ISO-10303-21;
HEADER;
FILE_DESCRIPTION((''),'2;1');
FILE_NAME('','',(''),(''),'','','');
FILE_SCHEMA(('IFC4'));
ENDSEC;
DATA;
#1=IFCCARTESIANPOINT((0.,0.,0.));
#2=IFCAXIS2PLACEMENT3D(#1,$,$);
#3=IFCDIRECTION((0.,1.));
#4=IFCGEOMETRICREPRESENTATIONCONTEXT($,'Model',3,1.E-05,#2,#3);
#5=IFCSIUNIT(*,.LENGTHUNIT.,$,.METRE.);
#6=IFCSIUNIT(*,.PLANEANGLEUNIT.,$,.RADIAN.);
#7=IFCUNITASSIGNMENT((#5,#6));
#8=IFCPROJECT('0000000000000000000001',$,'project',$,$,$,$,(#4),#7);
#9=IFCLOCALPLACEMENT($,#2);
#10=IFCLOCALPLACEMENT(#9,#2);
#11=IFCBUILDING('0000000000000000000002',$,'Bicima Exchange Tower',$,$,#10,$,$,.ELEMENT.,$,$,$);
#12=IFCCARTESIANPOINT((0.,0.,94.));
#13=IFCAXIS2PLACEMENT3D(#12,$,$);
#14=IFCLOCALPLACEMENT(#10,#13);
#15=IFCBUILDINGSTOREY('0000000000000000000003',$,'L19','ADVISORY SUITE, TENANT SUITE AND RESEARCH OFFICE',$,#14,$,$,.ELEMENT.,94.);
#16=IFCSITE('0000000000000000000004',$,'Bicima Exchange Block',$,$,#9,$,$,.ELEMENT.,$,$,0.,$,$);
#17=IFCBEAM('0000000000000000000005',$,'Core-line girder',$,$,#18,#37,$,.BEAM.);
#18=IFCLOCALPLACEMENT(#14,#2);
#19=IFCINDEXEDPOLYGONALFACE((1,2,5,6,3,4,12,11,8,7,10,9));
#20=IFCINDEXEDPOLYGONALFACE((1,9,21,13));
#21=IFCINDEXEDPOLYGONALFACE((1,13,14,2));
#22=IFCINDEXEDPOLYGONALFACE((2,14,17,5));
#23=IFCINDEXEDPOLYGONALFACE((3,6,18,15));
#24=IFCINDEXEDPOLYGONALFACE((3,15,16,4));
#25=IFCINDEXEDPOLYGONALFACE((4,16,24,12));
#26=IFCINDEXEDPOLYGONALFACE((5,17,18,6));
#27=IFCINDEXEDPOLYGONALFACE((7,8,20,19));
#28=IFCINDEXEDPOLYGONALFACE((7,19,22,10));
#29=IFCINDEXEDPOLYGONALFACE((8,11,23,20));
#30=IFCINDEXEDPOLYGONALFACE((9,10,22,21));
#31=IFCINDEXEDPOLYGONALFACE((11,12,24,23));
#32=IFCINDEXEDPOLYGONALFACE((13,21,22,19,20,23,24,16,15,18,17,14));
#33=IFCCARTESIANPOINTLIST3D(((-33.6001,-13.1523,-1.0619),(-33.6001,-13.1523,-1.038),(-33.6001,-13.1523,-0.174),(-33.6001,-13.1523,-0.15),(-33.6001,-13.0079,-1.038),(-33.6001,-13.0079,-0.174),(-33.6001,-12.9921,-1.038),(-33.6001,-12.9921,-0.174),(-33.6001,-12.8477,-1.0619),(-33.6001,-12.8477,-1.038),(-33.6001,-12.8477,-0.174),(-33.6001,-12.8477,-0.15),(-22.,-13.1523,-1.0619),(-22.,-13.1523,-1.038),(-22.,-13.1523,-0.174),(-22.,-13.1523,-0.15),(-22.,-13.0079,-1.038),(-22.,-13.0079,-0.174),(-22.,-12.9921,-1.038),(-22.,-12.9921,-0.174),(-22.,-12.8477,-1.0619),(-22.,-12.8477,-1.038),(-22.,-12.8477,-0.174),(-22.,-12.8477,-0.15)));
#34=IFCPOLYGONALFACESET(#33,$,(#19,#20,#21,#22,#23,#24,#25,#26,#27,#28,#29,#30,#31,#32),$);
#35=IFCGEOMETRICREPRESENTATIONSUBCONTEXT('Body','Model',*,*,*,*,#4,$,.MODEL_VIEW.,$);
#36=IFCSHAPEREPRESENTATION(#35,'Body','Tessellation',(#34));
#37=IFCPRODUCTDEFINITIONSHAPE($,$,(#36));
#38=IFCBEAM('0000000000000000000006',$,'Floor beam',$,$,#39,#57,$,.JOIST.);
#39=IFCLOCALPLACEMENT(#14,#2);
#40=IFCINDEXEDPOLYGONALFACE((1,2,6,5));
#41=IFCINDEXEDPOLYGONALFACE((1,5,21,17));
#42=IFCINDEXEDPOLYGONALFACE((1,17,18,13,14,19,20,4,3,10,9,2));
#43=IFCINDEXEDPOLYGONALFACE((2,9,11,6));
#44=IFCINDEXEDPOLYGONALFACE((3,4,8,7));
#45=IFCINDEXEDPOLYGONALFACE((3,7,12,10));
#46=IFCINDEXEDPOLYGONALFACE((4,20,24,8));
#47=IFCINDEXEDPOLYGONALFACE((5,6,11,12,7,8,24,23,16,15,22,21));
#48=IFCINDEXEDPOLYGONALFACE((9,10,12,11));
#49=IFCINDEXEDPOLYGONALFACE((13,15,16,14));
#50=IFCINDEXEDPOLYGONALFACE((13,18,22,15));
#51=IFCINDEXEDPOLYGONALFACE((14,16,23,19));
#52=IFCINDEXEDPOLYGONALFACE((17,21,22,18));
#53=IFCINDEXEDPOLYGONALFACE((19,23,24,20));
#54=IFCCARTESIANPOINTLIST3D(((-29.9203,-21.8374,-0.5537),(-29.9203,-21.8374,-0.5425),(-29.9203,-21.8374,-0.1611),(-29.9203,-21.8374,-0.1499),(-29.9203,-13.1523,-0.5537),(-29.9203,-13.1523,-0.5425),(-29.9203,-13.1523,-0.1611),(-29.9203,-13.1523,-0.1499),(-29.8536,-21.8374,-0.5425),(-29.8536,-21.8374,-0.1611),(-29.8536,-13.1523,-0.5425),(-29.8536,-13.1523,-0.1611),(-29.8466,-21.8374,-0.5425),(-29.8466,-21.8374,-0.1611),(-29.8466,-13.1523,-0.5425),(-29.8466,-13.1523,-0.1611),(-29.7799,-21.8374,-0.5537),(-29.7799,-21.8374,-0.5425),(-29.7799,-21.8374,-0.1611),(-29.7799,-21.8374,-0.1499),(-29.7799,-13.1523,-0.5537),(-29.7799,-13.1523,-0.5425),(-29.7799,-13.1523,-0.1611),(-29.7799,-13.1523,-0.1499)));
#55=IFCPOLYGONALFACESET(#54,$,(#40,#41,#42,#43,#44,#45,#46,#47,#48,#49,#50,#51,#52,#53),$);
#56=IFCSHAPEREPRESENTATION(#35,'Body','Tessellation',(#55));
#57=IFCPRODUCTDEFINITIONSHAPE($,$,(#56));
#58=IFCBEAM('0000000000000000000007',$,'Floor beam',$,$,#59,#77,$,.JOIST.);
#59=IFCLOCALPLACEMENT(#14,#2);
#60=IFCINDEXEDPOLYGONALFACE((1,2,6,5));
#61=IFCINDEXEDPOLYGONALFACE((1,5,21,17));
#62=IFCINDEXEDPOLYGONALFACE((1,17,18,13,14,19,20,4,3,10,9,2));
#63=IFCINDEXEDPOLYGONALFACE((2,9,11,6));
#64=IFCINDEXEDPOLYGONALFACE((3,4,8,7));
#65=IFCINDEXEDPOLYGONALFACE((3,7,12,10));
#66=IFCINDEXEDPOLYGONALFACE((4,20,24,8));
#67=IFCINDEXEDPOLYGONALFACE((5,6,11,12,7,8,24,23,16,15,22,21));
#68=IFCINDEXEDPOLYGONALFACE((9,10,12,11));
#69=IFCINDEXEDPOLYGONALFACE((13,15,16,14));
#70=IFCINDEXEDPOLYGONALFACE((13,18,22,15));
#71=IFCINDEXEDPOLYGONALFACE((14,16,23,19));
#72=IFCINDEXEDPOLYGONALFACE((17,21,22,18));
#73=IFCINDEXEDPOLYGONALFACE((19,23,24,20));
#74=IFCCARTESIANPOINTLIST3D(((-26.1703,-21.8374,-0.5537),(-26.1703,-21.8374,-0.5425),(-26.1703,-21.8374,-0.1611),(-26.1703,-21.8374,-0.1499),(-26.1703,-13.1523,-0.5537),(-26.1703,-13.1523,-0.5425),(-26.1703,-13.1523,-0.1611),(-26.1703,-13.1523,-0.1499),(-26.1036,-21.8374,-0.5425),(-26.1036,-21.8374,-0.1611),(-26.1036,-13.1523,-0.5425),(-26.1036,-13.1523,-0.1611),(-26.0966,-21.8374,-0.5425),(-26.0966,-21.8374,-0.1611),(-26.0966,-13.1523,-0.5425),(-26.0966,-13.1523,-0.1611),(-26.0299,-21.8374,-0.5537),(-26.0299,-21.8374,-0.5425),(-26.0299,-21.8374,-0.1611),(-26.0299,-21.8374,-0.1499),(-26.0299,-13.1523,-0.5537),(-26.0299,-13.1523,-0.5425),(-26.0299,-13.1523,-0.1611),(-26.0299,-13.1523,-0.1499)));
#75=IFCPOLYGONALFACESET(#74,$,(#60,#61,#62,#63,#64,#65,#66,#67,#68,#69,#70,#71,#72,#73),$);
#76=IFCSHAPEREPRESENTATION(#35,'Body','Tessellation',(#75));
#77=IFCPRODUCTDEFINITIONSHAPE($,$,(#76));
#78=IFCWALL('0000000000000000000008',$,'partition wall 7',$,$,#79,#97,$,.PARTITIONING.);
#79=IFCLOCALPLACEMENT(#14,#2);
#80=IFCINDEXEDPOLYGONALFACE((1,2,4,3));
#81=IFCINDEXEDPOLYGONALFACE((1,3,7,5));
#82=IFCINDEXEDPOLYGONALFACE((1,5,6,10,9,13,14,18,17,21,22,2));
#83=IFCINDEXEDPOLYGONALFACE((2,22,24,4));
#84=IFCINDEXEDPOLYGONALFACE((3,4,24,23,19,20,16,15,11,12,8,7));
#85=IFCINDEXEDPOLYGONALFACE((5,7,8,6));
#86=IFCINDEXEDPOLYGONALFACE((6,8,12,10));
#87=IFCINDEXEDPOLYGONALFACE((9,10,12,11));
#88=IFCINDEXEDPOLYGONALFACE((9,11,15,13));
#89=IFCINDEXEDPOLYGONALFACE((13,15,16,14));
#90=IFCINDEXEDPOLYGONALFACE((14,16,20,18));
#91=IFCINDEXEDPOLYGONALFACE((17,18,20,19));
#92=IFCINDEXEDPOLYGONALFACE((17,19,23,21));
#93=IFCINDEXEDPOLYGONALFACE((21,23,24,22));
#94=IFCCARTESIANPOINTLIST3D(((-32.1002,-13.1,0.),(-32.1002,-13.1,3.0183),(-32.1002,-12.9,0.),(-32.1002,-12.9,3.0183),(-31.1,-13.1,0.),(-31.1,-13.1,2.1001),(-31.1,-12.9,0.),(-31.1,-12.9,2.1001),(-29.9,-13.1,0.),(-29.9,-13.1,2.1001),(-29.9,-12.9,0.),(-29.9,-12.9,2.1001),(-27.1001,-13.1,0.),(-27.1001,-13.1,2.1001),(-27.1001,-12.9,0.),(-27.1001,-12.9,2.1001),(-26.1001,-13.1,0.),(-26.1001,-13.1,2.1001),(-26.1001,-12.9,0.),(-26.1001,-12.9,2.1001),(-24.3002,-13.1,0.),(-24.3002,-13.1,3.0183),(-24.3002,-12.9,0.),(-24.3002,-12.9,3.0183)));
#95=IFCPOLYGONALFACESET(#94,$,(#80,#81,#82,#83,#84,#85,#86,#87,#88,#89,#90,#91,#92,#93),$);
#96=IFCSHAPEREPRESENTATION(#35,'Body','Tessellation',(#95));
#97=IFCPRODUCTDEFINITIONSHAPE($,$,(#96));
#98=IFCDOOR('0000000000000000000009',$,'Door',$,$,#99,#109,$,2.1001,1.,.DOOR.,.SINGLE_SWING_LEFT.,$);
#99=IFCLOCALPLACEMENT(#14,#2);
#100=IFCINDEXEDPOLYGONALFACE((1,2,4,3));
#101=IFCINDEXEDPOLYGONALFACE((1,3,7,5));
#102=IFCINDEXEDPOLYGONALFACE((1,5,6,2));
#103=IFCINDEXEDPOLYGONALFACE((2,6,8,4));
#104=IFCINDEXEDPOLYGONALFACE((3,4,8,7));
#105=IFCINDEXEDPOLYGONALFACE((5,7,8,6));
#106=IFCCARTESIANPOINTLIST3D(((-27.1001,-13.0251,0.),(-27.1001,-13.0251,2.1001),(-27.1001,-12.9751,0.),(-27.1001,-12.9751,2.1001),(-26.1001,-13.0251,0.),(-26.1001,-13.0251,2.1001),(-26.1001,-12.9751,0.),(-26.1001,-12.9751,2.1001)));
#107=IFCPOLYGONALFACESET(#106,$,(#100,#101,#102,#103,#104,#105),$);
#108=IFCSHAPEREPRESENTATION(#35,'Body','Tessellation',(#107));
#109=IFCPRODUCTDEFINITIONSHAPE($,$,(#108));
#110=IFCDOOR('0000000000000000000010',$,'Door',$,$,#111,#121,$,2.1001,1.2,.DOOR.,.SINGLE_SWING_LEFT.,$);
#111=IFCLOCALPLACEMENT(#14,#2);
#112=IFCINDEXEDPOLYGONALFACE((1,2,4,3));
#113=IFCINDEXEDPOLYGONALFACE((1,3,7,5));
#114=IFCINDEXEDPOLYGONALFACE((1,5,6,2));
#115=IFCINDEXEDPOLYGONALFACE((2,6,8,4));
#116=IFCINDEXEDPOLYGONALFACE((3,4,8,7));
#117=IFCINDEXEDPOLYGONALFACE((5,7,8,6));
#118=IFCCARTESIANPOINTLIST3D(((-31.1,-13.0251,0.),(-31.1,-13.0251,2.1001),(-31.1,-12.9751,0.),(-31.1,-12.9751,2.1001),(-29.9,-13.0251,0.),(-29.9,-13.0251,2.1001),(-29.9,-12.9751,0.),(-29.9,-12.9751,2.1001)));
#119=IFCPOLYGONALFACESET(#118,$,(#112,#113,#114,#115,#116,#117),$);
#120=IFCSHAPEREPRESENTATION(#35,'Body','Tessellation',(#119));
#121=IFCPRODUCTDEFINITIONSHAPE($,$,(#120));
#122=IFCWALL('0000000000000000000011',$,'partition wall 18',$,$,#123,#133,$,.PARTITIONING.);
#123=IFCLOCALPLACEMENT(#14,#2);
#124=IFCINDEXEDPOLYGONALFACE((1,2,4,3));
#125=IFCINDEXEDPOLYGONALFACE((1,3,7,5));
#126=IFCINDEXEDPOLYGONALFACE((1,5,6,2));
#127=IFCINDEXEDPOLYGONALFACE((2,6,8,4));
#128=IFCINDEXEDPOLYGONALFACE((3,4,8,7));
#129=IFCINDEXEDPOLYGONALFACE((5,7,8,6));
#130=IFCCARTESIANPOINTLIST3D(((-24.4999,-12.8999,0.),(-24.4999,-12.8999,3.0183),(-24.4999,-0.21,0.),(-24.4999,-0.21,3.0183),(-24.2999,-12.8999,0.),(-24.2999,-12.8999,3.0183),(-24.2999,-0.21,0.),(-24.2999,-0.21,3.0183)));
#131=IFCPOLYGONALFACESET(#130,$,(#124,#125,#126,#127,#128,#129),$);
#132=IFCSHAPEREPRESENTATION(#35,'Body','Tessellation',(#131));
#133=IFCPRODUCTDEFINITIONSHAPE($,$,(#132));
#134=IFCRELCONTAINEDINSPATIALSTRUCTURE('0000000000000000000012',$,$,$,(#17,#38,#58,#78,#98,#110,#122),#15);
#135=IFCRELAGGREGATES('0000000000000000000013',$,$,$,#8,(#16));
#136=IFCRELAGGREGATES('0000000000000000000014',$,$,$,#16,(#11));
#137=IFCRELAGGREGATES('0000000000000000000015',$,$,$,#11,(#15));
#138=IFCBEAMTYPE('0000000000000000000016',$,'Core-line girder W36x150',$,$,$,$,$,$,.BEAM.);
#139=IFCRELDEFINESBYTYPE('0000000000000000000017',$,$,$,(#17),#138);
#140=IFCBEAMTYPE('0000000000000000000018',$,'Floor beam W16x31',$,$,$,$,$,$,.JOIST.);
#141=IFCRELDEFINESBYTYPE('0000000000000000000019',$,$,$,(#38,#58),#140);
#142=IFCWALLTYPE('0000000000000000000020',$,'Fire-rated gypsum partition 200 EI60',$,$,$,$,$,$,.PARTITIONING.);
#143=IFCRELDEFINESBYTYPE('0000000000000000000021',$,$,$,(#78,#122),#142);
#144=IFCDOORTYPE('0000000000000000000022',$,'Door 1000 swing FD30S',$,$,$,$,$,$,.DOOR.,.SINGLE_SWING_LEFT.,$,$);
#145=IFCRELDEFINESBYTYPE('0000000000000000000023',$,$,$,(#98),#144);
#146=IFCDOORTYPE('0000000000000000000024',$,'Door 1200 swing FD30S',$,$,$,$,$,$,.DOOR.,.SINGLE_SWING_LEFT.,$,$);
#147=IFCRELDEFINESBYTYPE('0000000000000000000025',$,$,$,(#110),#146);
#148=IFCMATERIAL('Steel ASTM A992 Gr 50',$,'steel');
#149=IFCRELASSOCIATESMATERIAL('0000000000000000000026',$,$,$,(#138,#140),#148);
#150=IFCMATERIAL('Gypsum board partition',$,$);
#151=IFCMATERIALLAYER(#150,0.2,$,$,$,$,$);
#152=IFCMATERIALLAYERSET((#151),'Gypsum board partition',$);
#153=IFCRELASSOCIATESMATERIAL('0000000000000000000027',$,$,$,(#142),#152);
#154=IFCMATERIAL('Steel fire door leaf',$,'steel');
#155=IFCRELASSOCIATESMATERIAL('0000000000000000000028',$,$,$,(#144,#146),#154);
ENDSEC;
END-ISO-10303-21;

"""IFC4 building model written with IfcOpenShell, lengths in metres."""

from ifc_helpers import new_model, si_unit, direction, frame, frame_2d, origin, origin_2d, place, context, subcontext, project, spatial, rectangle, i_section, extrude, material, layer, layer_set, material_profile, profile_set, type_object, element, fill, save


model = new_model("IFC4")

# Units and contexts
model_context = context("Model", 3, precision=1e-05, world=origin(), true_north=direction((0.0, 1.0)))
body_context = subcontext(model_context, "Body", "Model", "MODEL_VIEW")
ifc_project = project(units=[si_unit("LENGTHUNIT", "METRE"), si_unit("PLANEANGLEUNIT", "RADIAN")], contexts=[model_context])

# Site, building, storey
site_placement = place(None, origin())
site = spatial("IfcSite", under=ifc_project, at=site_placement, Name="Bicima Exchange Block", CompositionType="ELEMENT", RefElevation=0.0)
building_placement = place(site_placement, origin())
building = spatial("IfcBuilding", under=site, at=building_placement, Name="Bicima Exchange Tower", CompositionType="ELEMENT")
storey_placement = place(building_placement, frame((0.0, 0.0, 94.0)))
storey = spatial("IfcBuildingStorey", under=building, at=storey_placement, Name="L19", Description="ADVISORY SUITE, TENANT SUITE AND RESEARCH OFFICE", CompositionType="ELEMENT", Elevation=94.0)

# Beams
ifc_material_1 = material(Name="Steel ASTM A992 Gr 50", Category="steel")
ifc_material_profile_1 = material_profile(ifc_material_1, i_section(OverallWidth=0.3047, OverallDepth=0.9119, WebThickness=0.0159, FlangeThickness=0.0239, at=origin_2d()))
ifc_profile_set_1 = profile_set([ifc_material_profile_1], Name="Steel ASTM A992 Gr 50")
beam_type_1 = type_object("IfcBeamType", Name="Core-line girder W36x150", PredefinedType="BEAM", material=ifc_profile_set_1)
beam_placement = place(storey_placement, frame((-22.0, -13.0, -0.606), z_axis=(-1.0, 0.0, 0.0), x_axis=(0.0, -1.0, 0.0)))
element("IfcBeam", 1, at=beam_placement, inside=storey, type_object=beam_type_1, Name="Core-line girder", PredefinedType="BEAM", context=body_context, shape_type="SweptSolid", body=[
    extrude(i_section(OverallWidth=0.3047, OverallDepth=0.9119, WebThickness=0.0159, FlangeThickness=0.0239, at=origin_2d()), origin(), (0.0, 0.0, 1.0), 11.6001),
])
ifc_material_profile_2 = material_profile(ifc_material_1, i_section(OverallWidth=0.1404, OverallDepth=0.4038, WebThickness=0.0071, FlangeThickness=0.0112, at=origin_2d()))
ifc_profile_set_2 = profile_set([ifc_material_profile_2], Name="Steel ASTM A992 Gr 50")
beam_type_2 = type_object("IfcBeamType", Name="Floor beam W16x31", PredefinedType="JOIST", material=ifc_profile_set_2)
for number, where, z_axis, x_axis, name in (
    (2, (-29.8501, -13.1523, -0.3518), (0.0, -1.0, 0.0), (1.0, 0.0, 0.0), "Floor beam"),
    (3, (-26.1001, -13.1523, -0.3518), (0.0, -1.0, 0.0), (1.0, 0.0, 0.0), "Floor beam"),
):
    element("IfcBeam", number, at=place(storey_placement, frame(where, z_axis=z_axis, x_axis=x_axis)), inside=storey, type_object=beam_type_2, Name=name, PredefinedType="JOIST", context=body_context, shape_type="SweptSolid", body=[
        extrude(i_section(OverallWidth=0.1404, OverallDepth=0.4038, WebThickness=0.0071, FlangeThickness=0.0112, at=origin_2d()), origin(), (0.0, 0.0, 1.0), 8.6851),
    ])

# Wall, openings, doors
ifc_material_2 = material(Name="Gypsum board partition")
ifc_layer_1 = layer(ifc_material_2, 0.2)
ifc_layer_set_1 = layer_set([ifc_layer_1], Name="Gypsum board partition")
wall_type_1 = type_object("IfcWallType", Name="Fire-rated gypsum partition 200 EI60", PredefinedType="PARTITIONING", material=ifc_layer_set_1)
wall_1_placement = place(storey_placement, frame((-32.1001, -13.0, 0.0), z_axis=(0.0, 0.0, 1.0), x_axis=(1.0, 0.0, 0.0)))
wall_1 = element("IfcWall", 4, at=wall_1_placement, inside=storey, type_object=wall_type_1, Name="partition wall 7", PredefinedType="PARTITIONING", context=body_context, shape_type="SweptSolid", body=[
    extrude(rectangle(XDim=7.8, YDim=0.2, at=frame_2d((3.8999, 0.0))), origin(), (0.0, 0.0, 1.0), 3.0183),
])
opening_1_placement = place(wall_1_placement, frame((1.0, 0.0, 0.0)))
opening_1 = element("IfcOpeningElement", 5, at=opening_1_placement, cuts=wall_1, PredefinedType="OPENING", context=body_context, shape_type="SweptSolid", body=[
    extrude(rectangle(XDim=1.2, YDim=2.1001, at=frame_2d((0.6001, 1.05))), frame((0.0, 0.1118, 0.0), z_axis=(0.0, -1.0, 0.0), x_axis=(1.0, 0.0, 0.0)), (0.0, 0.0, 1.0), 0.2239),
])
opening_2_placement = place(wall_1_placement, frame((5.0, 0.0, 0.0)))
opening_2 = element("IfcOpeningElement", 6, at=opening_2_placement, cuts=wall_1, PredefinedType="OPENING", context=body_context, shape_type="SweptSolid", body=[
    extrude(rectangle(XDim=1.0, YDim=2.1001, at=frame_2d((0.5, 1.05))), frame((0.0, 0.1118, 0.0), z_axis=(0.0, -1.0, 0.0), x_axis=(1.0, 0.0, 0.0)), (0.0, 0.0, 1.0), 0.2239),
])
ifc_material_3 = material(Name="Steel fire door leaf", Category="steel")
door_type_1 = type_object("IfcDoorType", Name="Door 1000 swing FD30S", OperationType="SINGLE_SWING_LEFT", PredefinedType="DOOR", material=ifc_material_3)
door_1_placement = place(opening_2_placement, origin())
door_1 = element("IfcDoor", 7, at=door_1_placement, inside=storey, type_object=door_type_1, Name="Door", OperationType="SINGLE_SWING_LEFT", OverallHeight=2.1001, OverallWidth=1.0, PredefinedType="DOOR", context=body_context, shape_type="SweptSolid", body=[
    extrude(rectangle(XDim=1.0, YDim=2.1001, at=frame_2d((0.5, 1.05))), frame((0.0, 0.0249, 0.0), z_axis=(0.0, -1.0, 0.0), x_axis=(1.0, 0.0, 0.0)), (0.0, 0.0, 1.0), 0.05),
])
fill(opening_2, door_1)
door_type_2 = type_object("IfcDoorType", Name="Door 1200 swing FD30S", OperationType="SINGLE_SWING_LEFT", PredefinedType="DOOR", material=ifc_material_3)
door_2_placement = place(opening_1_placement, origin())
door_2 = element("IfcDoor", 8, at=door_2_placement, inside=storey, type_object=door_type_2, Name="Door", OperationType="SINGLE_SWING_LEFT", OverallHeight=2.1001, OverallWidth=1.2, PredefinedType="DOOR", context=body_context, shape_type="SweptSolid", body=[
    extrude(rectangle(XDim=1.2, YDim=2.1001, at=frame_2d((0.6001, 1.05))), frame((0.0, 0.0249, 0.0), z_axis=(0.0, -1.0, 0.0), x_axis=(1.0, 0.0, 0.0)), (0.0, 0.0, 1.0), 0.05),
])
fill(opening_1, door_2)

# Wall
wall_2_placement = place(storey_placement, frame((-24.3999, -12.8999, 0.0), z_axis=(0.0, 0.0, 1.0), x_axis=(0.0, 1.0, 0.0)))
element("IfcWall", 9, at=wall_2_placement, inside=storey, type_object=wall_type_1, Name="partition wall 18", PredefinedType="PARTITIONING", context=body_context, shape_type="SweptSolid", body=[
    extrude(rectangle(XDim=12.6899, YDim=0.2, at=frame_2d((6.345, 0.0))), origin(), (0.0, 0.0, 1.0), 3.0183),
])

save(model, "model.ifc")
